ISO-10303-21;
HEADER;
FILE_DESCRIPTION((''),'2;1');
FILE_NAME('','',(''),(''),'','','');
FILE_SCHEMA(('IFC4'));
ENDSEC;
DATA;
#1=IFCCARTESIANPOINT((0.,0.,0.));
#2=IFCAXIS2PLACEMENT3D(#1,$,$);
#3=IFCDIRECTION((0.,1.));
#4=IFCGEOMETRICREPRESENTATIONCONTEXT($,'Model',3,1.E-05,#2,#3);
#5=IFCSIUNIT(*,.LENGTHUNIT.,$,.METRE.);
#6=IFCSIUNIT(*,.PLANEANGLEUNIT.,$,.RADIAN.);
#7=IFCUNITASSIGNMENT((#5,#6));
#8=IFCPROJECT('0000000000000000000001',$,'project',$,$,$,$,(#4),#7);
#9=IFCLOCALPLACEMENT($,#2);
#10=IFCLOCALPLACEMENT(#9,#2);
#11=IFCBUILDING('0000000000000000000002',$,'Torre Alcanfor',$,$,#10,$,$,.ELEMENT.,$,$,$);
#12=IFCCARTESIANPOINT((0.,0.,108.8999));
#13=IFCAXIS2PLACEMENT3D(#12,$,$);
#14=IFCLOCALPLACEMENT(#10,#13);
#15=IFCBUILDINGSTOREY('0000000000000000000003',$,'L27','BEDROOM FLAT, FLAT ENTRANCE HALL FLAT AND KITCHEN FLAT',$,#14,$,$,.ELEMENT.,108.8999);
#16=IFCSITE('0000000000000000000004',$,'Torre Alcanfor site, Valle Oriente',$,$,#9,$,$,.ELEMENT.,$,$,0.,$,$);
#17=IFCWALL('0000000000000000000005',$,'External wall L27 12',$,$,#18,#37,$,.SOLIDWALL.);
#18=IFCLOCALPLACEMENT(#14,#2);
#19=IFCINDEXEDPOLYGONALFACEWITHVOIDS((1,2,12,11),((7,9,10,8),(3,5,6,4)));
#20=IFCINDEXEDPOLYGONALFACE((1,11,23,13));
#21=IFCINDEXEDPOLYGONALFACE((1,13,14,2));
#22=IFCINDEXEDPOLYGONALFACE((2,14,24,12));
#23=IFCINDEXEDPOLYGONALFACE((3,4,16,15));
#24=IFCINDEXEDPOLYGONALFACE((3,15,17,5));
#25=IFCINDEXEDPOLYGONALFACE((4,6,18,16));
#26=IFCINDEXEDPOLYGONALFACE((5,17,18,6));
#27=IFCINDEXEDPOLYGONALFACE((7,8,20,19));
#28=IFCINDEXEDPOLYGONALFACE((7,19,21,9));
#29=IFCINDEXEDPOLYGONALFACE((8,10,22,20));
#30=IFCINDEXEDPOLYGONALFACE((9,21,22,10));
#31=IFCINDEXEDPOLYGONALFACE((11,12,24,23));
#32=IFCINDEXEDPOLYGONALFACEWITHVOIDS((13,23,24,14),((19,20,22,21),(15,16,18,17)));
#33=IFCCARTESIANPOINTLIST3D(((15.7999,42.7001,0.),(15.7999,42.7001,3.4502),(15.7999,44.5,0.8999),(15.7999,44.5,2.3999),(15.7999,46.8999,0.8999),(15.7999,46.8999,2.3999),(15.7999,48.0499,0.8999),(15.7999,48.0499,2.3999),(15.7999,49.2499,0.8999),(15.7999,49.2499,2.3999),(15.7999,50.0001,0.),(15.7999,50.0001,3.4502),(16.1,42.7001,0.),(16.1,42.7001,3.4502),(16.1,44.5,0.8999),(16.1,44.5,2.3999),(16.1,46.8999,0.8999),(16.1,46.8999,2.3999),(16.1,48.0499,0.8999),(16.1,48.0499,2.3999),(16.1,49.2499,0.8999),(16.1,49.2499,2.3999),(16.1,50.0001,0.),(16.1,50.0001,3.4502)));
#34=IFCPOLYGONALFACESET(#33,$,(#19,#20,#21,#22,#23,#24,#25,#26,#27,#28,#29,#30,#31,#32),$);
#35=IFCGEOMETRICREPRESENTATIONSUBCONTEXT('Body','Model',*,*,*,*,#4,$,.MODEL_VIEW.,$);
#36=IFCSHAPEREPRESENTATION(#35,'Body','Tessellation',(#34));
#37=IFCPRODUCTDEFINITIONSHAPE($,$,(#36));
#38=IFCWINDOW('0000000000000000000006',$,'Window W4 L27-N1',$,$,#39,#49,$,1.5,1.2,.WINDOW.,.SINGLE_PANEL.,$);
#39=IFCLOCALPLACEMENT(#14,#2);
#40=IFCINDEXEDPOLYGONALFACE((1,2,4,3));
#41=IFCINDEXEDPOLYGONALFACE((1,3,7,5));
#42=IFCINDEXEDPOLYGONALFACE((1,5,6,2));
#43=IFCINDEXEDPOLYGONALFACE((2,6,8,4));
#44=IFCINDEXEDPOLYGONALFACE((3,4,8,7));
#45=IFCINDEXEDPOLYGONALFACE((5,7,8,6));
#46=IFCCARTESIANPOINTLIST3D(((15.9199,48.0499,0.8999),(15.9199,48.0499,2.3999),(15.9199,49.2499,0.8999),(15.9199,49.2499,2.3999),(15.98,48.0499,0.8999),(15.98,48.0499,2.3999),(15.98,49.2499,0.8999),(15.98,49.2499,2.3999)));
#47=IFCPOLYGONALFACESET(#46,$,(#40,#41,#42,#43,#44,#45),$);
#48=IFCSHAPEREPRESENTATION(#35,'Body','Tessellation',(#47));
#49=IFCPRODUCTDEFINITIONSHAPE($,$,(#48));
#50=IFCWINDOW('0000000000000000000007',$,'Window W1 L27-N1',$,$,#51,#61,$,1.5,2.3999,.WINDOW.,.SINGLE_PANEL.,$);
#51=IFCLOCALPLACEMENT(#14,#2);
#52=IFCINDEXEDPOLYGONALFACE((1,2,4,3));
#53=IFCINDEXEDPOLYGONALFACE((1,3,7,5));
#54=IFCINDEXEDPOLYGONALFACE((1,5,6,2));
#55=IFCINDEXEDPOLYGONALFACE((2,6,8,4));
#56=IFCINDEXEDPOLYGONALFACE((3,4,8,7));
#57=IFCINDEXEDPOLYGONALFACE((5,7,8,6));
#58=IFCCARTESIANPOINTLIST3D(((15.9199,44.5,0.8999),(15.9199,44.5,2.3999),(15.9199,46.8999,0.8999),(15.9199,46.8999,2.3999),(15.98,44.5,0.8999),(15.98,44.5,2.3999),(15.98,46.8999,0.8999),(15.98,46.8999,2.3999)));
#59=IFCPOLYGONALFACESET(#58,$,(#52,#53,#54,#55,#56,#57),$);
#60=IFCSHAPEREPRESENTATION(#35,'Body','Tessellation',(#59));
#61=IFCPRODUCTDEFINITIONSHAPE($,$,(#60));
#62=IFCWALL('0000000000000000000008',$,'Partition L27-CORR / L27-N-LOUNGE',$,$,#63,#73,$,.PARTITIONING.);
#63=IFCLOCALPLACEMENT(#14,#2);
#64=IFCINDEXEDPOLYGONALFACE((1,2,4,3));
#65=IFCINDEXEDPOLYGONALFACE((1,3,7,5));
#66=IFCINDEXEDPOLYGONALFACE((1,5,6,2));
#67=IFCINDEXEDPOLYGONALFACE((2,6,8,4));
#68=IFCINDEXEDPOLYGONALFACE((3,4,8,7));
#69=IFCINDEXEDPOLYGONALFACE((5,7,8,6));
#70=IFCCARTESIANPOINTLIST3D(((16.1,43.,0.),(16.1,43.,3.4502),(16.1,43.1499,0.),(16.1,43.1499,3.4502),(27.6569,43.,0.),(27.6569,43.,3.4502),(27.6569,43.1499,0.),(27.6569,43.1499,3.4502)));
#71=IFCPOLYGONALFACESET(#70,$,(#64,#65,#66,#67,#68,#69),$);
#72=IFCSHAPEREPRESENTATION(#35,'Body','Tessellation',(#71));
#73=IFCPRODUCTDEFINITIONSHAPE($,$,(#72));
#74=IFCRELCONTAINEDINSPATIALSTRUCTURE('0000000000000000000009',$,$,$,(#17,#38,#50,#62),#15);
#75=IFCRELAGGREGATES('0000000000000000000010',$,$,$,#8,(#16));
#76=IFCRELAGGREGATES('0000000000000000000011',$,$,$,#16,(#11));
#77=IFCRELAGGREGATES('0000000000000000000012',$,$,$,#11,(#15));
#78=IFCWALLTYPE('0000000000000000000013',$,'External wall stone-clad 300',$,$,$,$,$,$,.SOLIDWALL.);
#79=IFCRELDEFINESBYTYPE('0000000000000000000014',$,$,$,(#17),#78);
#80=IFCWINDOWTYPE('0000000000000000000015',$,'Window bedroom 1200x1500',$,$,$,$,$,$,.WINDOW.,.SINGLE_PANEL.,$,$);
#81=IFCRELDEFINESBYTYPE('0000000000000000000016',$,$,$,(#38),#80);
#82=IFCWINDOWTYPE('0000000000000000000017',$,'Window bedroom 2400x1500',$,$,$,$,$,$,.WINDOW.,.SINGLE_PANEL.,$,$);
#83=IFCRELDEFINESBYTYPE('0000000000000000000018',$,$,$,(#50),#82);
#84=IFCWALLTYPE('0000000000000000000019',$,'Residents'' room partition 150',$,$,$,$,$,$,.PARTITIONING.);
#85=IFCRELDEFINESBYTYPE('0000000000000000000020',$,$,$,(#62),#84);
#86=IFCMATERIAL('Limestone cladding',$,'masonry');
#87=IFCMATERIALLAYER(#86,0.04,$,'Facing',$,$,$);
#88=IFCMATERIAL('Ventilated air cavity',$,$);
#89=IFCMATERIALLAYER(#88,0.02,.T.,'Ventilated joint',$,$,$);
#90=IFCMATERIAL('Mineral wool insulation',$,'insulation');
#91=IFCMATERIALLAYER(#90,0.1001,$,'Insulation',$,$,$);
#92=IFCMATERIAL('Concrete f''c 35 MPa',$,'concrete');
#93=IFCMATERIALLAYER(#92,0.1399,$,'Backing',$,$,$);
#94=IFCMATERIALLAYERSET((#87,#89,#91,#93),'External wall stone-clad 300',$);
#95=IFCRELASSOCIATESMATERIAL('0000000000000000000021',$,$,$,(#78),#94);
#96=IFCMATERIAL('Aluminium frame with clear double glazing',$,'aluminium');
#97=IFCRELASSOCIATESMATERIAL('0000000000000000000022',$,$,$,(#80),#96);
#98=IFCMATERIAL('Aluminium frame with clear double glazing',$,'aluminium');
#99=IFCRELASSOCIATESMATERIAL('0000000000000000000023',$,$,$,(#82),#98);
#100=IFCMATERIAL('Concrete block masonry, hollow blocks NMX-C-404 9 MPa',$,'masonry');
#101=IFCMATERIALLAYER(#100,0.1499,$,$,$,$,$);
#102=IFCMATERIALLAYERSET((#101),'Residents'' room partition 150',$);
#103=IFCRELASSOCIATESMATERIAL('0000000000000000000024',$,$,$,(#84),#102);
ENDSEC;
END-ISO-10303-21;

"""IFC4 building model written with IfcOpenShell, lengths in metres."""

from ifc_helpers import new_model, si_unit, direction, frame, frame_2d, origin, place, context, subcontext, project, spatial, rectangle, extrude, material, layer, layer_set, type_object, element, fill, save


model = new_model("IFC4")

# Units and contexts
model_context = context("Model", 3, precision=1e-05, world=origin(), true_north=direction((0.0, 1.0)))
body_context = subcontext(model_context, "Body", "Model", "MODEL_VIEW")
ifc_project = project(units=[si_unit("LENGTHUNIT", "METRE"), si_unit("PLANEANGLEUNIT", "RADIAN")], contexts=[model_context])

# Site, building, storey
site_placement = place(None, origin())
site = spatial("IfcSite", under=ifc_project, at=site_placement, Name="Torre Alcanfor site, Valle Oriente", CompositionType="ELEMENT", RefElevation=0.0)
building_placement = place(site_placement, origin())
building = spatial("IfcBuilding", under=site, at=building_placement, Name="Torre Alcanfor", CompositionType="ELEMENT")
storey_placement = place(building_placement, frame((0.0, 0.0, 108.8999)))
storey = spatial("IfcBuildingStorey", under=building, at=storey_placement, Name="L27", Description="BEDROOM FLAT, FLAT ENTRANCE HALL FLAT AND KITCHEN FLAT", CompositionType="ELEMENT", Elevation=108.8999)

# Shared definitions
ifc_material_1 = material(Name="Limestone cladding", Category="masonry")
ifc_layer_1 = layer(ifc_material_1, 0.04, Name="Facing")
ifc_material_2 = material(Name="Ventilated air cavity")
ifc_layer_2 = layer(ifc_material_2, 0.02, ventilated=True, Name="Ventilated joint")
ifc_material_3 = material(Name="Mineral wool insulation", Category="insulation")
ifc_layer_3 = layer(ifc_material_3, 0.1001, Name="Insulation")
ifc_material_4 = material(Name="Concrete f'c 35 MPa", Category="concrete")
ifc_layer_4 = layer(ifc_material_4, 0.1399, Name="Backing")
ifc_layer_set_1 = layer_set([ifc_layer_1, ifc_layer_2, ifc_layer_3, ifc_layer_4], Name="External wall stone-clad 300")
wall_type_1 = type_object("IfcWallType", Name="External wall stone-clad 300", PredefinedType="SOLIDWALL", material=ifc_layer_set_1)
ifc_material_5 = material(Name="Aluminium frame with clear double glazing", Category="aluminium")
window_type_1 = type_object("IfcWindowType", Name="Window bedroom 1200x1500", PartitioningType="SINGLE_PANEL", PredefinedType="WINDOW", material=ifc_material_5)

# Wall, openings, windows
wall_1_placement = place(storey_placement, frame((15.95, 50.0, 0.0), z_axis=(0.0, 0.0, 1.0), x_axis=(0.0, -1.0, 0.0)))
wall_1 = element("IfcWall", 1, at=wall_1_placement, inside=storey, type_object=wall_type_1, Name="External wall L27 12", PredefinedType="SOLIDWALL", context=body_context, shape_type="SweptSolid", body=[
    extrude(rectangle(XDim=7.3, YDim=0.3, at=frame_2d((3.6499, 0.0))), origin(), (0.0, 0.0, 1.0), 3.4502),
])
opening_1_placement = place(wall_1_placement, frame((3.1001, 0.0, 0.8999)))
opening_1 = element("IfcOpeningElement", 2, at=opening_1_placement, cuts=wall_1, PredefinedType="OPENING", context=body_context, shape_type="SweptSolid", body=[
    extrude(rectangle(XDim=2.3999, YDim=1.5, at=frame_2d((1.2, 0.75))), frame((0.0, 0.1599, 0.0), z_axis=(0.0, -1.0, 0.0), x_axis=(1.0, 0.0, 0.0)), (0.0, 0.0, 1.0), 0.3201),
])
opening_2_placement = place(wall_1_placement, frame((0.75, 0.0, 0.8999)))
opening_2 = element("IfcOpeningElement", 3, at=opening_2_placement, cuts=wall_1, PredefinedType="OPENING", context=body_context, shape_type="SweptSolid", body=[
    extrude(rectangle(XDim=1.2, YDim=1.5, at=frame_2d((0.6001, 0.75))), frame((0.0, 0.1599, 0.0), z_axis=(0.0, -1.0, 0.0), x_axis=(1.0, 0.0, 0.0)), (0.0, 0.0, 1.0), 0.3201),
])
window_1_placement = place(opening_2_placement, origin())
window_1 = element("IfcWindow", 4, at=window_1_placement, inside=storey, type_object=window_type_1, Name="Window W4 L27-N1", OverallHeight=1.5, OverallWidth=1.2, PartitioningType="SINGLE_PANEL", PredefinedType="WINDOW", context=body_context, shape_type="SweptSolid", body=[
    extrude(rectangle(XDim=1.2, YDim=1.5, at=frame_2d((0.6001, 0.75))), frame((0.0, 0.03, 0.0), z_axis=(0.0, -1.0, 0.0), x_axis=(1.0, 0.0, 0.0)), (0.0, 0.0, 1.0), 0.0601),
])
fill(opening_2, window_1)
ifc_material_6 = material(Name="Aluminium frame with clear double glazing", Category="aluminium")
window_type_2 = type_object("IfcWindowType", Name="Window bedroom 2400x1500", PartitioningType="SINGLE_PANEL", PredefinedType="WINDOW", material=ifc_material_6)
window_2_placement = place(opening_1_placement, origin())
window_2 = element("IfcWindow", 5, at=window_2_placement, inside=storey, type_object=window_type_2, Name="Window W1 L27-N1", OverallHeight=1.5, OverallWidth=2.3999, PartitioningType="SINGLE_PANEL", PredefinedType="WINDOW", context=body_context, shape_type="SweptSolid", body=[
    extrude(rectangle(XDim=2.3999, YDim=1.5, at=frame_2d((1.2, 0.75))), frame((0.0, 0.03, 0.0), z_axis=(0.0, -1.0, 0.0), x_axis=(1.0, 0.0, 0.0)), (0.0, 0.0, 1.0), 0.0601),
])
fill(opening_1, window_2)

# Wall
ifc_material_7 = material(Name="Concrete block masonry, hollow blocks NMX-C-404 9 MPa", Category="masonry")
ifc_layer_5 = layer(ifc_material_7, 0.1499)
ifc_layer_set_2 = layer_set([ifc_layer_5], Name="Residents' room partition 150")
wall_type_2 = type_object("IfcWallType", Name="Residents' room partition 150", PredefinedType="PARTITIONING", material=ifc_layer_set_2)
wall_2_placement = place(storey_placement, frame((16.1001, 43.075, 0.0), z_axis=(0.0, 0.0, 1.0), x_axis=(1.0, 0.0, 0.0)))
element("IfcWall", 6, at=wall_2_placement, inside=storey, type_object=wall_type_2, Name="Partition L27-CORR / L27-N-LOUNGE", PredefinedType="PARTITIONING", context=body_context, shape_type="SweptSolid", body=[
    extrude(rectangle(XDim=11.5569, YDim=0.1499, at=frame_2d((5.7783, 0.0))), origin(), (0.0, 0.0, 1.0), 3.4502),
])

save(model, "model.ifc")
